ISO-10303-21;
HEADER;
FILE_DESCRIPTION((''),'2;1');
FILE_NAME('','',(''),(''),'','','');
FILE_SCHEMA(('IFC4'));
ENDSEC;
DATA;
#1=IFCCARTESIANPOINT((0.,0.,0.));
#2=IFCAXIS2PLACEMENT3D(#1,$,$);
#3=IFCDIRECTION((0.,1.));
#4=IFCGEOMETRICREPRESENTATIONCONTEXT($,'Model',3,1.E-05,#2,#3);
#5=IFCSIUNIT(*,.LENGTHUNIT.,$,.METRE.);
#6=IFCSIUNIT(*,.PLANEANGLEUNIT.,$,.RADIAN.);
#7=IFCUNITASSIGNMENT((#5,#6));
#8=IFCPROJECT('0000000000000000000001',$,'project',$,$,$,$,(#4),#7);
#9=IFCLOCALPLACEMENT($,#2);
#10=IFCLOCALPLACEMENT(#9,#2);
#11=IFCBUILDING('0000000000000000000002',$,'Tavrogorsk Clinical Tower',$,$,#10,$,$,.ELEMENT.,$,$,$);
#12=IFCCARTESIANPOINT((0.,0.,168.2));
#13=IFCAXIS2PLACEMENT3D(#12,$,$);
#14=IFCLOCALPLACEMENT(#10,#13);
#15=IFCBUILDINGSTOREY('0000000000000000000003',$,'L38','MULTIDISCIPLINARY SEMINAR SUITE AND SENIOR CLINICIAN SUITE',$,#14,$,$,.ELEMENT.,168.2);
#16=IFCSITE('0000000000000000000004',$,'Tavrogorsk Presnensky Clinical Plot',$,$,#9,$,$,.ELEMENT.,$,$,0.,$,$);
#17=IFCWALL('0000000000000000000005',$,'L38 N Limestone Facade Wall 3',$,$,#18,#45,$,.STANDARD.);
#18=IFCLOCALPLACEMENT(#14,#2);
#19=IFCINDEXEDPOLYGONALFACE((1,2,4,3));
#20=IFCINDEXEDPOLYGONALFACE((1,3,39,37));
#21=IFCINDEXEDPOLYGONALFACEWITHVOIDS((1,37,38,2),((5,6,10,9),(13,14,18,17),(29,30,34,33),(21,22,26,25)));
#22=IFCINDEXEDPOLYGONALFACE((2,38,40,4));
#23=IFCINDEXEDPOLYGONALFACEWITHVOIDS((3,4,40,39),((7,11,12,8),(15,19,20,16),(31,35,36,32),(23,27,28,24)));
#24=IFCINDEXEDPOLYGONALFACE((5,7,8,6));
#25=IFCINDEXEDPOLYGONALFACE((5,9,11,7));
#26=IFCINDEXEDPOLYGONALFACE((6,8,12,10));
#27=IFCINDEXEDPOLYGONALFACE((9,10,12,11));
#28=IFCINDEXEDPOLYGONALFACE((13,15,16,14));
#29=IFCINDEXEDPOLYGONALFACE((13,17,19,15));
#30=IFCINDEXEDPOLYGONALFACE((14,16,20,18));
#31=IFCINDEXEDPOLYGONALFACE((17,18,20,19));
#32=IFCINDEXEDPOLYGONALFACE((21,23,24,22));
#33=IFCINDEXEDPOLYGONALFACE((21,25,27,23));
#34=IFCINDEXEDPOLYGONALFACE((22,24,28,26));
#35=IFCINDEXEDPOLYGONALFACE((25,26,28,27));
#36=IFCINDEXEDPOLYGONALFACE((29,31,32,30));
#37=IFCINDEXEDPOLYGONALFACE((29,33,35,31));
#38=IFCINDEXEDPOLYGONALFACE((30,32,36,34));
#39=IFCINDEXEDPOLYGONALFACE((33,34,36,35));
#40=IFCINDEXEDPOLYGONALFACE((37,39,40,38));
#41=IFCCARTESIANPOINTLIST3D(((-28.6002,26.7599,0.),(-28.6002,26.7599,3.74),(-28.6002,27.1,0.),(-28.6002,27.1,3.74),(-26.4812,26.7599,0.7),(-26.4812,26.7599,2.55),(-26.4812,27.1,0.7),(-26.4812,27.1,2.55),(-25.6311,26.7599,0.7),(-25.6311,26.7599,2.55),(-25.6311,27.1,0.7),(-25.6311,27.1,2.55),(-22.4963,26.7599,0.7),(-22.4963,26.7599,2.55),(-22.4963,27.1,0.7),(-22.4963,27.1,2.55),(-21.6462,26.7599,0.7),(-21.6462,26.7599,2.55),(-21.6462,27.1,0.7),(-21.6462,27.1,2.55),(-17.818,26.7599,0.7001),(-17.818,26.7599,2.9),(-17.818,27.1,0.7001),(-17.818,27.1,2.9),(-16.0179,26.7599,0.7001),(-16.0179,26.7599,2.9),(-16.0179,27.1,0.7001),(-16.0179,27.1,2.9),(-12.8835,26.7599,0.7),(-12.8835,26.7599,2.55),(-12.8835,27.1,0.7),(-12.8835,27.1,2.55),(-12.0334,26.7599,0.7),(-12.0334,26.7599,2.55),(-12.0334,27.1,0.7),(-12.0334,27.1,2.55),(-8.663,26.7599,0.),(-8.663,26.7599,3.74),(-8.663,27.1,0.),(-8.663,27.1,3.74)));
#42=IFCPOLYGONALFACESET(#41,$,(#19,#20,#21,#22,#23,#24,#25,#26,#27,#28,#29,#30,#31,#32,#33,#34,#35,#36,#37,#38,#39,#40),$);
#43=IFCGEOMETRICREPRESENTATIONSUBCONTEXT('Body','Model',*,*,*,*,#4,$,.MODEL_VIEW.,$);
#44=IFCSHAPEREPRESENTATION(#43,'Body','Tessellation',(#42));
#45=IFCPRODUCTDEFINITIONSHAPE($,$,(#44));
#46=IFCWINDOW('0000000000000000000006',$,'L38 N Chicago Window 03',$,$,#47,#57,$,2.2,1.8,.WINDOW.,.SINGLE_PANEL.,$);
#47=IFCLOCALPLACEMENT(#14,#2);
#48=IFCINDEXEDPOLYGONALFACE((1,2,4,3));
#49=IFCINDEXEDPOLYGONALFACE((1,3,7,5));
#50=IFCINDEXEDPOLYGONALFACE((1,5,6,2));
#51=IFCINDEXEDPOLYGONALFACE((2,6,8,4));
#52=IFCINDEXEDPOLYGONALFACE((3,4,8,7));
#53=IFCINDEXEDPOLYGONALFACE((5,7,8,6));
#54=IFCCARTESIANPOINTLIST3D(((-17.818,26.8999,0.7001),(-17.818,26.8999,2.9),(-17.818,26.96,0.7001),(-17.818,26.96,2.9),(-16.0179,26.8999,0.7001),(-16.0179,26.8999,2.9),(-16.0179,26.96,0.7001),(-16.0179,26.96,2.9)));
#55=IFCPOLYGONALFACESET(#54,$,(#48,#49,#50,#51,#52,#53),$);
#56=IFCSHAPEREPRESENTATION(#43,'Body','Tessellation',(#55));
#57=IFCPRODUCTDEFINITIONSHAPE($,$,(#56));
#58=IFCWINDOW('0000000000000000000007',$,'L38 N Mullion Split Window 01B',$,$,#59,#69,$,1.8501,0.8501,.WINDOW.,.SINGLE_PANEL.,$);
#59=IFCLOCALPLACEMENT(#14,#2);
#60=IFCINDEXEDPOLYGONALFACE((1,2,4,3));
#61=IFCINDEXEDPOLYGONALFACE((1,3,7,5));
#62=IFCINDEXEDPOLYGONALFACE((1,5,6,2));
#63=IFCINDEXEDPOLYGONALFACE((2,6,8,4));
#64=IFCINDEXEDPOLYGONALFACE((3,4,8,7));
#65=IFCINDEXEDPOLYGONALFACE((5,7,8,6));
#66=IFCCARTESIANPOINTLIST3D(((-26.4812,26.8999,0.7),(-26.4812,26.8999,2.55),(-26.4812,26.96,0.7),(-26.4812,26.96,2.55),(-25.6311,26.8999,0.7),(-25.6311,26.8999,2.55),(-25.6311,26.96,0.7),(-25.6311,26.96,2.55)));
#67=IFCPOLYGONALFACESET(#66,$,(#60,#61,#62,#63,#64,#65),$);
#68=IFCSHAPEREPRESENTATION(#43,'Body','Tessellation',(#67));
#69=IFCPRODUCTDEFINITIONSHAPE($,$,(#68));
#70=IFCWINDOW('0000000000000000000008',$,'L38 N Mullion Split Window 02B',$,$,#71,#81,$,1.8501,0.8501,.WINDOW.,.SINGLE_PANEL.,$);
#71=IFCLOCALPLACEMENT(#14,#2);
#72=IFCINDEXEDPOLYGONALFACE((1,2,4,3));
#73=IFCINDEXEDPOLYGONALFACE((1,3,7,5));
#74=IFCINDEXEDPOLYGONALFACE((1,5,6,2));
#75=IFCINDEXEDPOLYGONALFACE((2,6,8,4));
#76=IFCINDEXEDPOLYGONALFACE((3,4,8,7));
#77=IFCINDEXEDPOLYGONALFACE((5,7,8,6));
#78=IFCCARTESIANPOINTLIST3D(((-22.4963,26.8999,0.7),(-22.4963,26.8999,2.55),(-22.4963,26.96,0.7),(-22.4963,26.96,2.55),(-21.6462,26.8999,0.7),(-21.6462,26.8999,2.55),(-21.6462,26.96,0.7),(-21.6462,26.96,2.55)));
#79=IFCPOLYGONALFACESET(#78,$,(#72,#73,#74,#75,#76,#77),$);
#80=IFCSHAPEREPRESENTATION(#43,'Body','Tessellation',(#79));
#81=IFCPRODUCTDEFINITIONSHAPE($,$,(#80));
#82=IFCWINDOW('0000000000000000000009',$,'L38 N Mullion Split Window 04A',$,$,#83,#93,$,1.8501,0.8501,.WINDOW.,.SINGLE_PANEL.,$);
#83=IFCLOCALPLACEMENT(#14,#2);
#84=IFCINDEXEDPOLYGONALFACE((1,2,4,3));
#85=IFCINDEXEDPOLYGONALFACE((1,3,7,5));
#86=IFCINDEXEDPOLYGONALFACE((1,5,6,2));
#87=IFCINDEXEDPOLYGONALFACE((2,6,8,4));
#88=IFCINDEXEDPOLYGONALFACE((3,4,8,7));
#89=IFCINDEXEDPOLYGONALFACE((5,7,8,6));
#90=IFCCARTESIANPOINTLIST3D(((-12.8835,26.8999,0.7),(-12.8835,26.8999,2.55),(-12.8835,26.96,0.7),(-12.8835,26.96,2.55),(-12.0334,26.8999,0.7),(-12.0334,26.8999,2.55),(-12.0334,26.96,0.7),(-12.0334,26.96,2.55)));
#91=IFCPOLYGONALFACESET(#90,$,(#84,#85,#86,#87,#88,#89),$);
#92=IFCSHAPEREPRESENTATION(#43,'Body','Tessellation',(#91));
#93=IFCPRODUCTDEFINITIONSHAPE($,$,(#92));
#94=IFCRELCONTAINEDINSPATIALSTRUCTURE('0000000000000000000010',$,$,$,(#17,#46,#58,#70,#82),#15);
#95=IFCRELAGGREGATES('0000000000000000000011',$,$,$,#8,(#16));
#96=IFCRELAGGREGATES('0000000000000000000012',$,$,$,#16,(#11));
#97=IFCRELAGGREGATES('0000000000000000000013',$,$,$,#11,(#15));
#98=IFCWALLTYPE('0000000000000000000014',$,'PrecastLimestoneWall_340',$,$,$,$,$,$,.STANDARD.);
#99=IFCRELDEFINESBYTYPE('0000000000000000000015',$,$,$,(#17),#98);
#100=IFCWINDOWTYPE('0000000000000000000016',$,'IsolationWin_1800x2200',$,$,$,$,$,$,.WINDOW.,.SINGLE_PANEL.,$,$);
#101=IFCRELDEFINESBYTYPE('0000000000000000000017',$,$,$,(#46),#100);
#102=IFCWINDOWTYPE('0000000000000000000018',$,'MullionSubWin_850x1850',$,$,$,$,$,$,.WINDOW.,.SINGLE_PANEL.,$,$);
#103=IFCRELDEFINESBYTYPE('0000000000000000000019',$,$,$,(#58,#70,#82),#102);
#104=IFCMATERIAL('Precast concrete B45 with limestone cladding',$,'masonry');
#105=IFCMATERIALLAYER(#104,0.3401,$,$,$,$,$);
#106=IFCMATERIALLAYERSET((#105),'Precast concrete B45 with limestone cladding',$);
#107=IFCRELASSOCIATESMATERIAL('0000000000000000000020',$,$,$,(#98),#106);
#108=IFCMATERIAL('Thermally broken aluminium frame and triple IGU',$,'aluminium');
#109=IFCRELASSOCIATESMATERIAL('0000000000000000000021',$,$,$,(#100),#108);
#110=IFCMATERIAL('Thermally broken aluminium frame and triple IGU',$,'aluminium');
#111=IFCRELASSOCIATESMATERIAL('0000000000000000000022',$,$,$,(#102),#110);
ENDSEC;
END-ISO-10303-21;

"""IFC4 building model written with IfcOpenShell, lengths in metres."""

from ifc_helpers import new_model, si_unit, direction, frame, frame_2d, origin, place, context, subcontext, project, spatial, rectangle, extrude, material, layer, layer_set, type_object, element, fill, save


model = new_model("IFC4")

# Units and contexts
model_context = context("Model", 3, precision=1e-05, world=origin(), true_north=direction((0.0, 1.0)))
body_context = subcontext(model_context, "Body", "Model", "MODEL_VIEW")
ifc_project = project(units=[si_unit("LENGTHUNIT", "METRE"), si_unit("PLANEANGLEUNIT", "RADIAN")], contexts=[model_context])

# Site, building, storey
site_placement = place(None, origin())
site = spatial("IfcSite", under=ifc_project, at=site_placement, Name="Tavrogorsk Presnensky Clinical Plot", CompositionType="ELEMENT", RefElevation=0.0)
building_placement = place(site_placement, origin())
building = spatial("IfcBuilding", under=site, at=building_placement, Name="Tavrogorsk Clinical Tower", CompositionType="ELEMENT")
storey_placement = place(building_placement, frame((0.0, 0.0, 168.2)))
storey = spatial("IfcBuildingStorey", under=building, at=storey_placement, Name="L38", Description="MULTIDISCIPLINARY SEMINAR SUITE AND SENIOR CLINICIAN SUITE", CompositionType="ELEMENT", Elevation=168.2)

# Wall, openings, windows
ifc_material_1 = material(Name="Precast concrete B45 with limestone cladding", Category="masonry")
ifc_layer_1 = layer(ifc_material_1, 0.3401)
ifc_layer_set_1 = layer_set([ifc_layer_1], Name="Precast concrete B45 with limestone cladding")
wall_type_1 = type_object("IfcWallType", Name="PrecastLimestoneWall_340", PredefinedType="STANDARD", material=ifc_layer_set_1)
wall_1_placement = place(storey_placement, frame((-8.6628, 26.9299, 0.0), z_axis=(0.0, 0.0, 1.0), x_axis=(-1.0, 0.0, 0.0)))
wall_1 = element("IfcWall", 1, at=wall_1_placement, inside=storey, type_object=wall_type_1, Name="L38 N Limestone Facade Wall 3", PredefinedType="STANDARD", context=body_context, shape_type="SweptSolid", body=[
    extrude(rectangle(XDim=19.9373, YDim=0.3401, at=frame_2d((9.9688, 0.0))), origin(), (0.0, 0.0, 1.0), 3.74),
])
opening_1_placement = place(wall_1_placement, frame((16.9683, 0.0, 0.7)))
opening_1 = element("IfcOpeningElement", 2, at=opening_1_placement, cuts=wall_1, PredefinedType="OPENING", context=body_context, shape_type="SweptSolid", body=[
    extrude(rectangle(XDim=0.8501, YDim=1.8501, at=frame_2d((0.425, 0.925))), frame((0.0, 0.1799, 0.0), z_axis=(0.0, -1.0, 0.0), x_axis=(1.0, 0.0, 0.0)), (0.0, 0.0, 1.0), 0.3601),
])
opening_2_placement = place(wall_1_placement, frame((12.9834, 0.0, 0.7)))
opening_2 = element("IfcOpeningElement", 3, at=opening_2_placement, cuts=wall_1, PredefinedType="OPENING", context=body_context, shape_type="SweptSolid", body=[
    extrude(rectangle(XDim=0.8501, YDim=1.8501, at=frame_2d((0.425, 0.925))), frame((0.0, 0.1799, 0.0), z_axis=(0.0, -1.0, 0.0), x_axis=(1.0, 0.0, 0.0)), (0.0, 0.0, 1.0), 0.3601),
])
opening_3_placement = place(wall_1_placement, frame((7.3552, 0.0, 0.7)))
opening_3 = element("IfcOpeningElement", 4, at=opening_3_placement, cuts=wall_1, PredefinedType="OPENING", context=body_context, shape_type="SweptSolid", body=[
    extrude(rectangle(XDim=1.8, YDim=2.2, at=frame_2d((0.8999, 1.1001))), frame((0.0, 0.1799, 0.0), z_axis=(0.0, -1.0, 0.0), x_axis=(1.0, 0.0, 0.0)), (0.0, 0.0, 1.0), 0.3601),
])
opening_4_placement = place(wall_1_placement, frame((3.3706, 0.0, 0.7)))
opening_4 = element("IfcOpeningElement", 5, at=opening_4_placement, cuts=wall_1, PredefinedType="OPENING", context=body_context, shape_type="SweptSolid", body=[
    extrude(rectangle(XDim=0.8501, YDim=1.8501, at=frame_2d((0.425, 0.925))), frame((0.0, 0.1799, 0.0), z_axis=(0.0, -1.0, 0.0), x_axis=(1.0, 0.0, 0.0)), (0.0, 0.0, 1.0), 0.3601),
])
ifc_material_2 = material(Name="Thermally broken aluminium frame and triple IGU", Category="aluminium")
window_type_1 = type_object("IfcWindowType", Name="IsolationWin_1800x2200", PartitioningType="SINGLE_PANEL", PredefinedType="WINDOW", material=ifc_material_2)
window_1_placement = place(opening_3_placement, origin())
window_1 = element("IfcWindow", 6, at=window_1_placement, inside=storey, type_object=window_type_1, Name="L38 N Chicago Window 03", OverallHeight=2.2, OverallWidth=1.8, PartitioningType="SINGLE_PANEL", PredefinedType="WINDOW", context=body_context, shape_type="SweptSolid", body=[
    extrude(rectangle(XDim=1.8, YDim=2.2, at=frame_2d((0.8999, 1.1001))), frame((0.0, 0.03, 0.0), z_axis=(0.0, -1.0, 0.0), x_axis=(1.0, 0.0, 0.0)), (0.0, 0.0, 1.0), 0.0601),
])
fill(opening_3, window_1)
ifc_material_3 = material(Name="Thermally broken aluminium frame and triple IGU", Category="aluminium")
window_type_2 = type_object("IfcWindowType", Name="MullionSubWin_850x1850", PartitioningType="SINGLE_PANEL", PredefinedType="WINDOW", material=ifc_material_3)
window_2_placement = place(opening_1_placement, origin())
window_2 = element("IfcWindow", 7, at=window_2_placement, inside=storey, type_object=window_type_2, Name="L38 N Mullion Split Window 01B", OverallHeight=1.8501, OverallWidth=0.8501, PartitioningType="SINGLE_PANEL", PredefinedType="WINDOW", context=body_context, shape_type="SweptSolid", body=[
    extrude(rectangle(XDim=0.8501, YDim=1.8501, at=frame_2d((0.425, 0.925))), frame((0.0, 0.03, 0.0), z_axis=(0.0, -1.0, 0.0), x_axis=(1.0, 0.0, 0.0)), (0.0, 0.0, 1.0), 0.0601),
])
fill(opening_1, window_2)
window_3_placement = place(opening_2_placement, origin())
window_3 = element("IfcWindow", 8, at=window_3_placement, inside=storey, type_object=window_type_2, Name="L38 N Mullion Split Window 02B", OverallHeight=1.8501, OverallWidth=0.8501, PartitioningType="SINGLE_PANEL", PredefinedType="WINDOW", context=body_context, shape_type="SweptSolid", body=[
    extrude(rectangle(XDim=0.8501, YDim=1.8501, at=frame_2d((0.425, 0.925))), frame((0.0, 0.03, 0.0), z_axis=(0.0, -1.0, 0.0), x_axis=(1.0, 0.0, 0.0)), (0.0, 0.0, 1.0), 0.0601),
])
fill(opening_2, window_3)
window_4_placement = place(opening_4_placement, origin())
window_4 = element("IfcWindow", 9, at=window_4_placement, inside=storey, type_object=window_type_2, Name="L38 N Mullion Split Window 04A", OverallHeight=1.8501, OverallWidth=0.8501, PartitioningType="SINGLE_PANEL", PredefinedType="WINDOW", context=body_context, shape_type="SweptSolid", body=[
    extrude(rectangle(XDim=0.8501, YDim=1.8501, at=frame_2d((0.425, 0.925))), frame((0.0, 0.03, 0.0), z_axis=(0.0, -1.0, 0.0), x_axis=(1.0, 0.0, 0.0)), (0.0, 0.0, 1.0), 0.0601),
])
fill(opening_4, window_4)

save(model, "model.ifc")
